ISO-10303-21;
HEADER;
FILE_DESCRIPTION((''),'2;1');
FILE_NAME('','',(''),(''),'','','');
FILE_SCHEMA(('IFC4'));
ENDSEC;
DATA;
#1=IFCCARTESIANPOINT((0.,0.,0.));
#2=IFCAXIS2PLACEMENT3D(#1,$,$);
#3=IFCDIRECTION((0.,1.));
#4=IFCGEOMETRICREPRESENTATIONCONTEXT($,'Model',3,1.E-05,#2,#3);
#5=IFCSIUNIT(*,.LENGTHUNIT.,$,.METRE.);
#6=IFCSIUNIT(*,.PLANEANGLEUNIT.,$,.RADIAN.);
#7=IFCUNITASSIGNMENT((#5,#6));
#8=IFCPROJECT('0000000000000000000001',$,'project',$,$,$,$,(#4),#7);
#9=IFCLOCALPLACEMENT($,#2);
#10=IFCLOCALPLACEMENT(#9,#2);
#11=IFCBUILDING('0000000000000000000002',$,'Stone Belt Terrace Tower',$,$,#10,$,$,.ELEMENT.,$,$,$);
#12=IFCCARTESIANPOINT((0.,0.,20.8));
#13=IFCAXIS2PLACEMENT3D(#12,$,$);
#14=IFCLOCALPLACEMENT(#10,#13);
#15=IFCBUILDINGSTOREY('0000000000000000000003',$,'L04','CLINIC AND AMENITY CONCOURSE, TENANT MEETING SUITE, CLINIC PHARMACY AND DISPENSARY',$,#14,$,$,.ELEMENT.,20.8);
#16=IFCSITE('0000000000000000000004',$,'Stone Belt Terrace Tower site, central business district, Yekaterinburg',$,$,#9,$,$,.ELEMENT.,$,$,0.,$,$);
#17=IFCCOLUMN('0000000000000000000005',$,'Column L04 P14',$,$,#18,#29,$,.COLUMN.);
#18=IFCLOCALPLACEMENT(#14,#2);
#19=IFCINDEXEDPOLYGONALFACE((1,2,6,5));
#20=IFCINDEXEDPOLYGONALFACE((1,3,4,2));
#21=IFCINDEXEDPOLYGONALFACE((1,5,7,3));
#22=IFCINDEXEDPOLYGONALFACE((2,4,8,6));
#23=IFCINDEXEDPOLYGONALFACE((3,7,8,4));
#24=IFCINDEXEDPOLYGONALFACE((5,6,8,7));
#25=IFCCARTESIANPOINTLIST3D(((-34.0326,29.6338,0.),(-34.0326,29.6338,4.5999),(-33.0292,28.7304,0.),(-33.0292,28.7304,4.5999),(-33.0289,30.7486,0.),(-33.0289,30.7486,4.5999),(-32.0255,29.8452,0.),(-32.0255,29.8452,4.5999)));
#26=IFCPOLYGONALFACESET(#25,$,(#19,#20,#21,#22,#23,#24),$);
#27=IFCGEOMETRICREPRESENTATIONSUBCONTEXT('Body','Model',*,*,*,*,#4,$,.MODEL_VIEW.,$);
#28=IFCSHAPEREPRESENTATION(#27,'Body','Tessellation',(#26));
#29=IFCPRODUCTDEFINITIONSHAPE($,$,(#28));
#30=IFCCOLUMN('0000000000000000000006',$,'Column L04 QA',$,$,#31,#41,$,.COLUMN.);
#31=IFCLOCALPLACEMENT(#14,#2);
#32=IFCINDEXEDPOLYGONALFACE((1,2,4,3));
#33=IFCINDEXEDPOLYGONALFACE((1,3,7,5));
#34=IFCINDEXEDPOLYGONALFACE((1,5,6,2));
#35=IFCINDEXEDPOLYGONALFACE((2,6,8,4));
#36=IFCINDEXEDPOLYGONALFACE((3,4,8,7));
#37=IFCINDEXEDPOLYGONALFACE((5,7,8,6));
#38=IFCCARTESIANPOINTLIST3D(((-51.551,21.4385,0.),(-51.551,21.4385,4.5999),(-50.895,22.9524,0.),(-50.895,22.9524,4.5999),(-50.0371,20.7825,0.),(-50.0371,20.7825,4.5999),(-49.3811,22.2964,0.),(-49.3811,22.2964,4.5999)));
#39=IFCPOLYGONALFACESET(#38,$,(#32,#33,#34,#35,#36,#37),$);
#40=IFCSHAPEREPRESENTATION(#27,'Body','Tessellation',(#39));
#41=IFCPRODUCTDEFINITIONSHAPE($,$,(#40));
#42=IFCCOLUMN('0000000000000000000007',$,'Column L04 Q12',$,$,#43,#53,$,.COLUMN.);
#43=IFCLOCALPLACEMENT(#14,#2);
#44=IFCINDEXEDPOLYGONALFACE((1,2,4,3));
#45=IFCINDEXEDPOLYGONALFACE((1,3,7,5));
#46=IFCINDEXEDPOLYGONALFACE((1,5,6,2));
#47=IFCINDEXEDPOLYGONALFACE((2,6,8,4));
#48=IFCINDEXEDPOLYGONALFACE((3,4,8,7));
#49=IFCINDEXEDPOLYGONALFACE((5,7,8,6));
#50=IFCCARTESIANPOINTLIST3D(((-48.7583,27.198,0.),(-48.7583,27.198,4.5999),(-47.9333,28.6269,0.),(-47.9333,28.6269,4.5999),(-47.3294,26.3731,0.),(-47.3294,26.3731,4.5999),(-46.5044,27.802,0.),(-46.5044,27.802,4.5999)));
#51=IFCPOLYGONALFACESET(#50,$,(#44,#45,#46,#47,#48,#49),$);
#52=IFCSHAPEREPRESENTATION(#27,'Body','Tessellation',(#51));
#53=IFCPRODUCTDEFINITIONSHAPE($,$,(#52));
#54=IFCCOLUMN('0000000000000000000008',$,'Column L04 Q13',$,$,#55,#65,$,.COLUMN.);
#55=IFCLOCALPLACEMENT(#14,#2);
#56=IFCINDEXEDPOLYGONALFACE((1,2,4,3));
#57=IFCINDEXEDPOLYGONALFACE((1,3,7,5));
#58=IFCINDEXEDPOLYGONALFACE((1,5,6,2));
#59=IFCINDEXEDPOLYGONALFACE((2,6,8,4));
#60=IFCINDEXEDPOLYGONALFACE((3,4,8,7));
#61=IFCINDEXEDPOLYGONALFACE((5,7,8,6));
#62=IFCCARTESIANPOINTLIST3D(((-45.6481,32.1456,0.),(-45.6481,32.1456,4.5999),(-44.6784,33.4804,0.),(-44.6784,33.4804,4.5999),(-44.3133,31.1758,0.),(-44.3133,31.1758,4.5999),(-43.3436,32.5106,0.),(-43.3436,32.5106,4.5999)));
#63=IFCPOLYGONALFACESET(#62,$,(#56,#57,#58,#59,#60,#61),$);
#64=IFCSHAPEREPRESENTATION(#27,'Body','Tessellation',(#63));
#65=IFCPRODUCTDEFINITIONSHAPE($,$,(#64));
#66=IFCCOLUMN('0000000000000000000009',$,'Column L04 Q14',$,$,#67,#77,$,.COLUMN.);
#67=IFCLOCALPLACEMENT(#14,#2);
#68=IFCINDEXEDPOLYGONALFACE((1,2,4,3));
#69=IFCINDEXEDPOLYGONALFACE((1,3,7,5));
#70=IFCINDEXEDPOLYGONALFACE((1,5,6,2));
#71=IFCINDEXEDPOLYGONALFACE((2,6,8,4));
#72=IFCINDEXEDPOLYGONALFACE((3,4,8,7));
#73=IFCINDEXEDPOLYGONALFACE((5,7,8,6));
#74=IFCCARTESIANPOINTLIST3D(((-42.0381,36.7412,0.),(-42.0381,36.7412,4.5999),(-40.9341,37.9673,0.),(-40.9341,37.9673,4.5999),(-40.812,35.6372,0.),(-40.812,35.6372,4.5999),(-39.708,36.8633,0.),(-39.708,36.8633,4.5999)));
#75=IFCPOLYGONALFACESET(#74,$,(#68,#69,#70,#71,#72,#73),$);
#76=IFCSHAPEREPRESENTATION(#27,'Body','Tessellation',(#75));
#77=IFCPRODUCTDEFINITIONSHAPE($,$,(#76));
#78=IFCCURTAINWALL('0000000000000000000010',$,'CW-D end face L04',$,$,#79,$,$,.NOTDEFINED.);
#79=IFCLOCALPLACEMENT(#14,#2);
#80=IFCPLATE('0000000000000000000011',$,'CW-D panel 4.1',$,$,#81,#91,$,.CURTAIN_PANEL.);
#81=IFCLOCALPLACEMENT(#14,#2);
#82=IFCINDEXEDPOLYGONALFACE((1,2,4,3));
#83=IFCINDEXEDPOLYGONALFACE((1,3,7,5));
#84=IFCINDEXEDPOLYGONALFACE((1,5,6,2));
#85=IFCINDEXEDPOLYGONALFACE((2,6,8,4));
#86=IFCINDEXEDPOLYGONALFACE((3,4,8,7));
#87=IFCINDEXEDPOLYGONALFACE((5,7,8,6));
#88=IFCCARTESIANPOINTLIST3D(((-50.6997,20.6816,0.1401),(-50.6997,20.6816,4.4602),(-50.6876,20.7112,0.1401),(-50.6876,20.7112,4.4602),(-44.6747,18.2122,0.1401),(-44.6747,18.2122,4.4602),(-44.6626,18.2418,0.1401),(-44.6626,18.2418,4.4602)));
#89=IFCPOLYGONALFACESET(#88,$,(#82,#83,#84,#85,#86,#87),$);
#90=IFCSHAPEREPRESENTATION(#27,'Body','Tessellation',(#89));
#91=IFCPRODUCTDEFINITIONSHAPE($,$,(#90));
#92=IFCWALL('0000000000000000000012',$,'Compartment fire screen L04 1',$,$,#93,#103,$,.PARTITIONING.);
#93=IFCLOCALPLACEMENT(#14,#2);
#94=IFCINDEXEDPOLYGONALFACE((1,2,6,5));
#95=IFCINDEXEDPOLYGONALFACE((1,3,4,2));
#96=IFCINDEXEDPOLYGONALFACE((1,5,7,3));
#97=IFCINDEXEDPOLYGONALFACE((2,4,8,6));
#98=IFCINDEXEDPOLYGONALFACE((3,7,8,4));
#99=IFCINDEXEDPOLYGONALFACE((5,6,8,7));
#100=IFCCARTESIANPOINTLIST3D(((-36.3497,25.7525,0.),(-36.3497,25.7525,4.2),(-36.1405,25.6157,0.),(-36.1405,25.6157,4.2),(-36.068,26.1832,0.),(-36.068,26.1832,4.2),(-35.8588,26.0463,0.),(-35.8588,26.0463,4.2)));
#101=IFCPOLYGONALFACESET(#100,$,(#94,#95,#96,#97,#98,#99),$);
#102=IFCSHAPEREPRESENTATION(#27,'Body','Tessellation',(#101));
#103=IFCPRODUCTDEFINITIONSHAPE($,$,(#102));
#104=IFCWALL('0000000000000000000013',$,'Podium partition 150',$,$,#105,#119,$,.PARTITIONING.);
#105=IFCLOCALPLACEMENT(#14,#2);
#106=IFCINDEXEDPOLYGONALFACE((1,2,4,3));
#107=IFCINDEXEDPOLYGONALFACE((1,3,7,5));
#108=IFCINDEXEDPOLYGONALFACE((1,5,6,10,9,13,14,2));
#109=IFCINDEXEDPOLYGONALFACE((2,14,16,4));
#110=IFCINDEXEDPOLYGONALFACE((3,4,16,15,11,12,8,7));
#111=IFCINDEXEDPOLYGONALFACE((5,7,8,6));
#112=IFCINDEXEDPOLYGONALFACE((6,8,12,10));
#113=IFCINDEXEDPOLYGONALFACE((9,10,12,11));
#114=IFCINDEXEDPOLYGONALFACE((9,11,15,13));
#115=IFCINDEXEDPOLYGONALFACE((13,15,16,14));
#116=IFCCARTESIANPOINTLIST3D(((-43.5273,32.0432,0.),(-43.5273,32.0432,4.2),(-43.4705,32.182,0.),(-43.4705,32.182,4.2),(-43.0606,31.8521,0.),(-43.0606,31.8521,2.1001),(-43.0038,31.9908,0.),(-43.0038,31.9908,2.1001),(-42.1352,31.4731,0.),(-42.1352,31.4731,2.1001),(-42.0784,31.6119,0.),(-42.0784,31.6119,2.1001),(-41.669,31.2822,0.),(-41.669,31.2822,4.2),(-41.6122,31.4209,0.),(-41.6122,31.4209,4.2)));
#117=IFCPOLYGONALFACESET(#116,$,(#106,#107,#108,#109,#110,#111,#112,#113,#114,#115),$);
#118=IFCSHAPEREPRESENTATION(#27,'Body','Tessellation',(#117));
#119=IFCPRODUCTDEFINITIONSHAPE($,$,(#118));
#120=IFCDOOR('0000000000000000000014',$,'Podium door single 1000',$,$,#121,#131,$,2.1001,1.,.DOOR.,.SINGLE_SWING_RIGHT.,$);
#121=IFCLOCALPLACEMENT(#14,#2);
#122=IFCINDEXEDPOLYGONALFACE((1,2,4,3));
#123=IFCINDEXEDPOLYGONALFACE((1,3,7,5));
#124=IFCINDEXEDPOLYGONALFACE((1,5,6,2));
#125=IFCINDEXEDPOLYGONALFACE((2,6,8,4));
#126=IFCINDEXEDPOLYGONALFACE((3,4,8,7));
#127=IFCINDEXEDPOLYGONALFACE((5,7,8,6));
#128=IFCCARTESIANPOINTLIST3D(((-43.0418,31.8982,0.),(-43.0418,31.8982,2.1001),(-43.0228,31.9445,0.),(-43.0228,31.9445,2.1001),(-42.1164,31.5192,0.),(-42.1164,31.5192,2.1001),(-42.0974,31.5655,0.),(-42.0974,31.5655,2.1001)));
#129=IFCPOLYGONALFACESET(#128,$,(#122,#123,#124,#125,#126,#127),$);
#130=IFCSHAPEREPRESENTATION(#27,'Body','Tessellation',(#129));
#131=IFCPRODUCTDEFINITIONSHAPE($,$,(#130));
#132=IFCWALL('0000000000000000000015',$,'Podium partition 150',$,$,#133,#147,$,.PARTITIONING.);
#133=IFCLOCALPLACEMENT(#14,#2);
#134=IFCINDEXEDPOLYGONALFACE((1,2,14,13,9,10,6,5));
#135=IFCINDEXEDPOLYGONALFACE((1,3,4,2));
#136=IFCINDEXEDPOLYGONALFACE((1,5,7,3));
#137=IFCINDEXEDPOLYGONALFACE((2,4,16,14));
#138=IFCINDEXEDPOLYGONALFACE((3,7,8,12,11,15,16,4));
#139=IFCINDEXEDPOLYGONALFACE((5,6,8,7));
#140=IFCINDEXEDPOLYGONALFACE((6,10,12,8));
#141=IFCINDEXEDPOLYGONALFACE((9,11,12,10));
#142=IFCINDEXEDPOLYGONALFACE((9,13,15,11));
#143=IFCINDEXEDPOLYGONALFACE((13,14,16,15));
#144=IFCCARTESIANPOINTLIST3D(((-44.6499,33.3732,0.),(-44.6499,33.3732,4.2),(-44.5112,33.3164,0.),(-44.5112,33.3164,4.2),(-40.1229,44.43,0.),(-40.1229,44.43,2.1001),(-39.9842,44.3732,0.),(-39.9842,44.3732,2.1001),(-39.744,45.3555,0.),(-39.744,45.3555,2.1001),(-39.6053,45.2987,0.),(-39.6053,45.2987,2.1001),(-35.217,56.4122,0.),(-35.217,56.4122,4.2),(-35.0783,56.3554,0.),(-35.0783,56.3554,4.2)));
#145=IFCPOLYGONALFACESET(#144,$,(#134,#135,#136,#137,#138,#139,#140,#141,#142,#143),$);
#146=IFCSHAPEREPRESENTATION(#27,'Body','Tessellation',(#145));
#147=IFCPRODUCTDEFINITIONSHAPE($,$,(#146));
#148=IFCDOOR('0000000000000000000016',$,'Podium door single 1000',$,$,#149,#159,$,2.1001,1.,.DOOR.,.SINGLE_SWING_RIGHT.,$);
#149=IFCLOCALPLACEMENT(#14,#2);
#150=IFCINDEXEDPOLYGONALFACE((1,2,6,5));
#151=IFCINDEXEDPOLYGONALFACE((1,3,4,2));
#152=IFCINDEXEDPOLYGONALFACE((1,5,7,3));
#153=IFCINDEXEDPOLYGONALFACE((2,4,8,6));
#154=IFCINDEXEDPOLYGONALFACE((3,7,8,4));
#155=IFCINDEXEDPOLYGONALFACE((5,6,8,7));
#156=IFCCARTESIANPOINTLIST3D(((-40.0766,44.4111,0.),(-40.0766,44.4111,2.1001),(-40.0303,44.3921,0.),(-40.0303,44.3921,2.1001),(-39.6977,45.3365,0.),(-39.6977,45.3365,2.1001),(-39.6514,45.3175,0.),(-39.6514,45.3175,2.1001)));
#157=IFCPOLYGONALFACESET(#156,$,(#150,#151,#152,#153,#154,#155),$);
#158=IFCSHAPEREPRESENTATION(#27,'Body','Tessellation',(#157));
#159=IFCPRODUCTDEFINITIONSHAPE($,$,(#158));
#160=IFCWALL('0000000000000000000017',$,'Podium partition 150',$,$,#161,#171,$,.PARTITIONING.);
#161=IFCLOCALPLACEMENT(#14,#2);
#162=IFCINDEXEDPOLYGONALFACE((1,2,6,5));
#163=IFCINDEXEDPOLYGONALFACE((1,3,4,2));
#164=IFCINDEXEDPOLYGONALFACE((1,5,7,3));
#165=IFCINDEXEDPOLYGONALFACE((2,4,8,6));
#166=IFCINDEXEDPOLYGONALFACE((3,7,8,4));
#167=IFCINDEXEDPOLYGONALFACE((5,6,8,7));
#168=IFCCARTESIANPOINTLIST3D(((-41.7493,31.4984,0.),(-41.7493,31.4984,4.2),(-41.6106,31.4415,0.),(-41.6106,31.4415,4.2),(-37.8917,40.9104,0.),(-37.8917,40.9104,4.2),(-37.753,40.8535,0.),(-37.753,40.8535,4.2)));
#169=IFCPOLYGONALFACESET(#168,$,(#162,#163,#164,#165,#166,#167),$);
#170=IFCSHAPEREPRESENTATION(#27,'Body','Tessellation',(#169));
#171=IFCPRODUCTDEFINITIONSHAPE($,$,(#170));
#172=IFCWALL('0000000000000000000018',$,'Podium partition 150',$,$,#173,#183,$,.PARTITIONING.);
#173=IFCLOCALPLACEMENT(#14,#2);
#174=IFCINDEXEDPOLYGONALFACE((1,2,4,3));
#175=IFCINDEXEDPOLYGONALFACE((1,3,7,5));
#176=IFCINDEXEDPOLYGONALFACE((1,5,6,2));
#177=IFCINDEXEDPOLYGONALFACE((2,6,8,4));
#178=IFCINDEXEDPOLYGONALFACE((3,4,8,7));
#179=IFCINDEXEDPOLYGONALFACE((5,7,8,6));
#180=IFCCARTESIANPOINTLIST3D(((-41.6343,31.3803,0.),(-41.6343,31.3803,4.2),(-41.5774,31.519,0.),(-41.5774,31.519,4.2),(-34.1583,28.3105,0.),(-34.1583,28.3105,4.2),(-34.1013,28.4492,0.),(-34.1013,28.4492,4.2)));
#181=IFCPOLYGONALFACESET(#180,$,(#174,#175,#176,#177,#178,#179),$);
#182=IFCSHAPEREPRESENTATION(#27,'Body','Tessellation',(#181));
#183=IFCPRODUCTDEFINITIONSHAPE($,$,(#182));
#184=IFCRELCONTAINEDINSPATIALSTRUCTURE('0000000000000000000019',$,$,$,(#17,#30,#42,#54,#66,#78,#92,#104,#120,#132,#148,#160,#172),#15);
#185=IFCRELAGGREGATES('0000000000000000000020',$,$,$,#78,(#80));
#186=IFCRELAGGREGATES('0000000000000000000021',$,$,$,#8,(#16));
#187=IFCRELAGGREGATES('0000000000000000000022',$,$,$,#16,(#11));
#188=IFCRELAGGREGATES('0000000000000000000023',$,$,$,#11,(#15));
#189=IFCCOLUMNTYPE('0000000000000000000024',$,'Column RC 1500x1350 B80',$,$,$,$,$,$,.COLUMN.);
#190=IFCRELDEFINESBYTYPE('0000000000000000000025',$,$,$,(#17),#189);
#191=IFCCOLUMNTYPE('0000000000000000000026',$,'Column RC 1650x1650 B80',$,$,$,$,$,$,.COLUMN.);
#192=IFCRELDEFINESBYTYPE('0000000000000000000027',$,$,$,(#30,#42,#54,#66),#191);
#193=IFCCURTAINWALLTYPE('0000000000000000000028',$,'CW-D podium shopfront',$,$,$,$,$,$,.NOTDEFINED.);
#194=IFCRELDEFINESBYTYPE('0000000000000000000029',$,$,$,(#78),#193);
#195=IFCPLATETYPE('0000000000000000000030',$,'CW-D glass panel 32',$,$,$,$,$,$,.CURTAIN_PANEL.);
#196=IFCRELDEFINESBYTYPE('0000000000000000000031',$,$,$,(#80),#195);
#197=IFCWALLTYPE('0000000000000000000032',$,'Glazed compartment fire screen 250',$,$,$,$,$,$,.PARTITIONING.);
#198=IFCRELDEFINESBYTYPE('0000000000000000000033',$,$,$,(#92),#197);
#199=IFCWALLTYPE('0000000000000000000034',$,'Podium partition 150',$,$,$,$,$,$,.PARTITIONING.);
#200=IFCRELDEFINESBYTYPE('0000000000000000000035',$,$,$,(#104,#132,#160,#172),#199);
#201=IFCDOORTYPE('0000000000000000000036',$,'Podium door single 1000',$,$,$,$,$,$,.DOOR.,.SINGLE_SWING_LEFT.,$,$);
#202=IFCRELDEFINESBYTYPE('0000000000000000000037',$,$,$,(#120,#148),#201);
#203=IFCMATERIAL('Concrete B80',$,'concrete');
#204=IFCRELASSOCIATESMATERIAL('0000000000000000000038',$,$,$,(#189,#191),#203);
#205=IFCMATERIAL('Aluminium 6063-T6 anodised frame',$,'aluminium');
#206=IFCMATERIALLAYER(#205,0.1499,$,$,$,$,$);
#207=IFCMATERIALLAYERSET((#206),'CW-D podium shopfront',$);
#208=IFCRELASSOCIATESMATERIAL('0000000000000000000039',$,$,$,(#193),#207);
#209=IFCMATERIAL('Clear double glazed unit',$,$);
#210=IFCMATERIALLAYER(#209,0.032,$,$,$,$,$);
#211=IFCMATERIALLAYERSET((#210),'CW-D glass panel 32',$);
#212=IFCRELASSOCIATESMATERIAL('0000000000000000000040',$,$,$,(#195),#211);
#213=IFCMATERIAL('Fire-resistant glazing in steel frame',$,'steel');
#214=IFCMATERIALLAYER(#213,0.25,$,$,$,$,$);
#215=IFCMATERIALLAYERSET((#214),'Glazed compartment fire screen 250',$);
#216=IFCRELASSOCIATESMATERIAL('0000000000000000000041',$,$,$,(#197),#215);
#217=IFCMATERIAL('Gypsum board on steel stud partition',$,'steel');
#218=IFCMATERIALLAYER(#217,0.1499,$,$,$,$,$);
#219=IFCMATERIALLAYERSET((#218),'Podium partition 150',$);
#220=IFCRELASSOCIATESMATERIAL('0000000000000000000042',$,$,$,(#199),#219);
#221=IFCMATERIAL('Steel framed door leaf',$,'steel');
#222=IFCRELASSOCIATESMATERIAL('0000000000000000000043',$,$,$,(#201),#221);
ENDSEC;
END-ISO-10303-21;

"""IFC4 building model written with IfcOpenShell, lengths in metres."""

from ifc_helpers import new_model, si_unit, direction, frame, frame_2d, origin, origin_2d, place, context, subcontext, project, spatial, rectangle, extrude, material, layer, layer_set, material_profile, profile_set, type_object, element, fill, aggregate, save


model = new_model("IFC4")

# Units and contexts
model_context = context("Model", 3, precision=1e-05, world=origin(), true_north=direction((0.0, 1.0)))
body_context = subcontext(model_context, "Body", "Model", "MODEL_VIEW")
ifc_project = project(units=[si_unit("LENGTHUNIT", "METRE"), si_unit("PLANEANGLEUNIT", "RADIAN")], contexts=[model_context])

# Site, building, storey
site_placement = place(None, origin())
site = spatial("IfcSite", under=ifc_project, at=site_placement, Name="Stone Belt Terrace Tower site, central business district, Yekaterinburg", CompositionType="ELEMENT", RefElevation=0.0)
building_placement = place(site_placement, origin())
building = spatial("IfcBuilding", under=site, at=building_placement, Name="Stone Belt Terrace Tower", CompositionType="ELEMENT")
storey_placement = place(building_placement, frame((0.0, 0.0, 20.8)))
storey = spatial("IfcBuildingStorey", under=building, at=storey_placement, Name="L04", Description="CLINIC AND AMENITY CONCOURSE, TENANT MEETING SUITE, CLINIC PHARMACY AND DISPENSARY", CompositionType="ELEMENT", Elevation=20.8)

# Columns
ifc_material_1 = material(Name="Concrete B80", Category="concrete")
ifc_material_profile_1 = material_profile(ifc_material_1, rectangle(XDim=1.5, YDim=1.3501, at=origin_2d()), Name="RC 1500x1350")
ifc_profile_set_1 = profile_set([ifc_material_profile_1], Name="Concrete B80")
column_type_1 = type_object("IfcColumnType", Name="Column RC 1500x1350 B80", PredefinedType="COLUMN", material=ifc_profile_set_1)
column_placement = place(storey_placement, frame((-33.0291, 29.7395, 0.0), z_axis=(0.0, 0.0, 1.0), x_axis=(0.669131, 0.743145, 0.0)))
element("IfcColumn", 1, at=column_placement, inside=storey, type_object=column_type_1, Name="Column L04 P14", PredefinedType="COLUMN", context=body_context, shape_type="SweptSolid", body=[
    extrude(rectangle(XDim=1.5, YDim=1.3501, at=origin_2d()), origin(), (0.0, 0.0, 1.0), 4.5999),
])
ifc_material_profile_2 = material_profile(ifc_material_1, rectangle(XDim=1.6499, YDim=1.6499, at=origin_2d()), Name="RC 1650x1650")
ifc_profile_set_2 = profile_set([ifc_material_profile_2], Name="Concrete B80")
column_type_2 = type_object("IfcColumnType", Name="Column RC 1650x1650 B80", PredefinedType="COLUMN", material=ifc_profile_set_2)
for number, where, z_axis, x_axis, name in (
    (2, (-50.4661, 21.8674, 0.0), (0.0, 0.0, 1.0), (0.397588, 0.917564, 0.0), "Column L04 QA"),
    (3, (-47.6313, 27.5, 0.0), (0.0, 0.0, 1.0), (0.5, 0.866025, 0.0), "Column L04 Q12"),
    (4, (-44.4958, 32.3281, 0.0), (0.0, 0.0, 1.0), (0.587785, 0.809017, 0.0), "Column L04 Q13"),
    (5, (-40.873, 36.8022, 0.0), (0.0, 0.0, 1.0), (0.669131, 0.743145, 0.0), "Column L04 Q14"),
):
    element("IfcColumn", number, at=place(storey_placement, frame(where, z_axis=z_axis, x_axis=x_axis)), inside=storey, type_object=column_type_2, Name=name, PredefinedType="COLUMN", context=body_context, shape_type="SweptSolid", body=[
        extrude(rectangle(XDim=1.6499, YDim=1.6499, at=origin_2d()), origin(), (0.0, 0.0, 1.0), 4.5999),
    ])

# Curtain wall, plate
ifc_material_2 = material(Name="Aluminium 6063-T6 anodised frame", Category="aluminium")
ifc_layer_1 = layer(ifc_material_2, 0.1499)
ifc_layer_set_1 = layer_set([ifc_layer_1], Name="CW-D podium shopfront")
curtain_wall_type = type_object("IfcCurtainWallType", Name="CW-D podium shopfront", PredefinedType="NOTDEFINED", material=ifc_layer_set_1)
curtain_wall_placement = place(storey_placement, origin())
curtain_wall = element("IfcCurtainWall", 6, at=curtain_wall_placement, inside=storey, type_object=curtain_wall_type, Name="CW-D end face L04", PredefinedType="NOTDEFINED")
ifc_material_3 = material(Name="Clear double glazed unit")
ifc_layer_2 = layer(ifc_material_3, 0.032)
ifc_layer_set_2 = layer_set([ifc_layer_2], Name="CW-D glass panel 32")
plate_type = type_object("IfcPlateType", Name="CW-D glass panel 32", PredefinedType="CURTAIN_PANEL", material=ifc_layer_set_2)
plate_placement = place(storey_placement, frame((-47.6812, 19.4617, 0.1401), z_axis=(0.0, 0.0, 1.0), x_axis=(0.925297, -0.379243, 0.0)))
plate = element("IfcPlate", 7, at=plate_placement, type_object=plate_type, Name="CW-D panel 4.1", PredefinedType="CURTAIN_PANEL", context=body_context, shape_type="SweptSolid", body=[
    extrude(rectangle(XDim=6.5115, YDim=0.032, at=origin_2d()), origin(), (0.0, 0.0, 1.0), 4.3201),
])
aggregate(curtain_wall, [plate])

# Wall
ifc_material_4 = material(Name="Fire-resistant glazing in steel frame", Category="steel")
ifc_layer_3 = layer(ifc_material_4, 0.25)
ifc_layer_set_3 = layer_set([ifc_layer_3], Name="Glazed compartment fire screen 250")
wall_type_1 = type_object("IfcWallType", Name="Glazed compartment fire screen 250", PredefinedType="PARTITIONING", material=ifc_layer_set_3)
wall_1_placement = place(storey_placement, frame((-36.2451, 25.6841, 0.0), z_axis=(0.0, 0.0, 1.0), x_axis=(0.547454, 0.836836, 0.0)))
element("IfcWall", 8, at=wall_1_placement, inside=storey, type_object=wall_type_1, Name="Compartment fire screen L04 1", PredefinedType="PARTITIONING", context=body_context, shape_type="SweptSolid", body=[
    extrude(rectangle(XDim=0.5146, YDim=0.25, at=frame_2d((0.2573, 0.0))), origin(), (0.0, 0.0, 1.0), 4.2),
])

# Walls, openings, doors
ifc_material_5 = material(Name="Gypsum board on steel stud partition", Category="steel")
ifc_layer_4 = layer(ifc_material_5, 0.1499)
ifc_layer_set_4 = layer_set([ifc_layer_4], Name="Podium partition 150")
wall_type_2 = type_object("IfcWallType", Name="Podium partition 150", PredefinedType="PARTITIONING", material=ifc_layer_set_4)
wall_2_placement = place(storey_placement, frame((-43.4988, 32.1125, 0.0), z_axis=(0.0, 0.0, 1.0), x_axis=(0.925402, -0.378988, 0.0)))
wall_2 = element("IfcWall", 9, at=wall_2_placement, inside=storey, type_object=wall_type_2, Name="Podium partition 150", PredefinedType="PARTITIONING", context=body_context, shape_type="SweptSolid", body=[
    extrude(rectangle(XDim=2.0081, YDim=0.1499, at=frame_2d((1.0039, 0.0))), origin(), (0.0, 0.0, 1.0), 4.2),
])
opening_1_placement = place(wall_2_placement, frame((0.5042, 0.0, 0.0)))
opening_1 = element("IfcOpeningElement", 10, at=opening_1_placement, cuts=wall_2, PredefinedType="OPENING", context=body_context, shape_type="SweptSolid", body=[
    extrude(rectangle(XDim=1.0, YDim=2.1001, at=frame_2d((0.5, 1.05))), frame((0.0, 0.085, 0.0), z_axis=(0.0, -1.0, 0.0), x_axis=(1.0, 0.0, 0.0)), (0.0, 0.0, 1.0), 0.1699),
])
ifc_material_6 = material(Name="Steel framed door leaf", Category="steel")
door_type_1 = type_object("IfcDoorType", Name="Podium door single 1000", OperationType="SINGLE_SWING_LEFT", PredefinedType="DOOR", material=ifc_material_6)
door_1_placement = place(opening_1_placement, origin())
door_1 = element("IfcDoor", 11, at=door_1_placement, inside=storey, type_object=door_type_1, Name="Podium door single 1000", OperationType="SINGLE_SWING_RIGHT", OverallHeight=2.1001, OverallWidth=1.0, PredefinedType="DOOR", context=body_context, shape_type="SweptSolid", body=[
    extrude(rectangle(XDim=1.0, YDim=2.1001, at=frame_2d((0.5, 1.05))), frame((0.0, 0.0249, 0.0), z_axis=(0.0, -1.0, 0.0), x_axis=(1.0, 0.0, 0.0)), (0.0, 0.0, 1.0), 0.05),
])
fill(opening_1, door_1)
wall_3_placement = place(storey_placement, frame((-44.5806, 33.3447, 0.0), z_axis=(0.0, 0.0, 1.0), x_axis=(0.378901, 0.925437, 0.0)))
wall_3 = element("IfcWall", 12, at=wall_3_placement, inside=storey, type_object=wall_type_2, Name="Podium partition 150", PredefinedType="PARTITIONING", context=body_context, shape_type="SweptSolid", body=[
    extrude(rectangle(XDim=24.8953, YDim=0.1499, at=frame_2d((12.4478, 0.0))), origin(), (0.0, 0.0, 1.0), 4.2),
])
opening_2_placement = place(wall_3_placement, frame((11.9478, 0.0, 0.0)))
opening_2 = element("IfcOpeningElement", 13, at=opening_2_placement, cuts=wall_3, PredefinedType="OPENING", context=body_context, shape_type="SweptSolid", body=[
    extrude(rectangle(XDim=1.0, YDim=2.1001, at=frame_2d((0.5, 1.05))), frame((0.0, 0.085, 0.0), z_axis=(0.0, -1.0, 0.0), x_axis=(1.0, 0.0, 0.0)), (0.0, 0.0, 1.0), 0.1699),
])
door_2_placement = place(opening_2_placement, origin())
door_2 = element("IfcDoor", 14, at=door_2_placement, inside=storey, type_object=door_type_1, Name="Podium door single 1000", OperationType="SINGLE_SWING_RIGHT", OverallHeight=2.1001, OverallWidth=1.0, PredefinedType="DOOR", context=body_context, shape_type="SweptSolid", body=[
    extrude(rectangle(XDim=1.0, YDim=2.1001, at=frame_2d((0.5, 1.05))), frame((0.0, 0.0249, 0.0), z_axis=(0.0, -1.0, 0.0), x_axis=(1.0, 0.0, 0.0)), (0.0, 0.0, 1.0), 0.05),
])
fill(opening_2, door_2)

# Walls
wall_4_placement = place(storey_placement, frame((-41.6799, 31.47, 0.0), z_axis=(0.0, 0.0, 1.0), x_axis=(0.379244, 0.925297, 0.0)))
element("IfcWall", 15, at=wall_4_placement, inside=storey, type_object=wall_type_2, Name="Podium partition 150", PredefinedType="PARTITIONING", context=body_context, shape_type="SweptSolid", body=[
    extrude(rectangle(XDim=10.1719, YDim=0.1499, at=frame_2d((5.0859, 0.0))), origin(), (0.0, 0.0, 1.0), 4.2),
])
wall_5_placement = place(storey_placement, frame((-41.606, 31.4497, 0.0), z_axis=(0.0, 0.0, 1.0), x_axis=(0.925051, -0.379844, 0.0)))
element("IfcWall", 16, at=wall_5_placement, inside=storey, type_object=wall_type_2, Name="Podium partition 150", PredefinedType="PARTITIONING", context=body_context, shape_type="SweptSolid", body=[
    extrude(rectangle(XDim=8.0818, YDim=0.1499, at=frame_2d((4.041, 0.0))), origin(), (0.0, 0.0, 1.0), 4.2),
])

save(model, "model.ifc")
